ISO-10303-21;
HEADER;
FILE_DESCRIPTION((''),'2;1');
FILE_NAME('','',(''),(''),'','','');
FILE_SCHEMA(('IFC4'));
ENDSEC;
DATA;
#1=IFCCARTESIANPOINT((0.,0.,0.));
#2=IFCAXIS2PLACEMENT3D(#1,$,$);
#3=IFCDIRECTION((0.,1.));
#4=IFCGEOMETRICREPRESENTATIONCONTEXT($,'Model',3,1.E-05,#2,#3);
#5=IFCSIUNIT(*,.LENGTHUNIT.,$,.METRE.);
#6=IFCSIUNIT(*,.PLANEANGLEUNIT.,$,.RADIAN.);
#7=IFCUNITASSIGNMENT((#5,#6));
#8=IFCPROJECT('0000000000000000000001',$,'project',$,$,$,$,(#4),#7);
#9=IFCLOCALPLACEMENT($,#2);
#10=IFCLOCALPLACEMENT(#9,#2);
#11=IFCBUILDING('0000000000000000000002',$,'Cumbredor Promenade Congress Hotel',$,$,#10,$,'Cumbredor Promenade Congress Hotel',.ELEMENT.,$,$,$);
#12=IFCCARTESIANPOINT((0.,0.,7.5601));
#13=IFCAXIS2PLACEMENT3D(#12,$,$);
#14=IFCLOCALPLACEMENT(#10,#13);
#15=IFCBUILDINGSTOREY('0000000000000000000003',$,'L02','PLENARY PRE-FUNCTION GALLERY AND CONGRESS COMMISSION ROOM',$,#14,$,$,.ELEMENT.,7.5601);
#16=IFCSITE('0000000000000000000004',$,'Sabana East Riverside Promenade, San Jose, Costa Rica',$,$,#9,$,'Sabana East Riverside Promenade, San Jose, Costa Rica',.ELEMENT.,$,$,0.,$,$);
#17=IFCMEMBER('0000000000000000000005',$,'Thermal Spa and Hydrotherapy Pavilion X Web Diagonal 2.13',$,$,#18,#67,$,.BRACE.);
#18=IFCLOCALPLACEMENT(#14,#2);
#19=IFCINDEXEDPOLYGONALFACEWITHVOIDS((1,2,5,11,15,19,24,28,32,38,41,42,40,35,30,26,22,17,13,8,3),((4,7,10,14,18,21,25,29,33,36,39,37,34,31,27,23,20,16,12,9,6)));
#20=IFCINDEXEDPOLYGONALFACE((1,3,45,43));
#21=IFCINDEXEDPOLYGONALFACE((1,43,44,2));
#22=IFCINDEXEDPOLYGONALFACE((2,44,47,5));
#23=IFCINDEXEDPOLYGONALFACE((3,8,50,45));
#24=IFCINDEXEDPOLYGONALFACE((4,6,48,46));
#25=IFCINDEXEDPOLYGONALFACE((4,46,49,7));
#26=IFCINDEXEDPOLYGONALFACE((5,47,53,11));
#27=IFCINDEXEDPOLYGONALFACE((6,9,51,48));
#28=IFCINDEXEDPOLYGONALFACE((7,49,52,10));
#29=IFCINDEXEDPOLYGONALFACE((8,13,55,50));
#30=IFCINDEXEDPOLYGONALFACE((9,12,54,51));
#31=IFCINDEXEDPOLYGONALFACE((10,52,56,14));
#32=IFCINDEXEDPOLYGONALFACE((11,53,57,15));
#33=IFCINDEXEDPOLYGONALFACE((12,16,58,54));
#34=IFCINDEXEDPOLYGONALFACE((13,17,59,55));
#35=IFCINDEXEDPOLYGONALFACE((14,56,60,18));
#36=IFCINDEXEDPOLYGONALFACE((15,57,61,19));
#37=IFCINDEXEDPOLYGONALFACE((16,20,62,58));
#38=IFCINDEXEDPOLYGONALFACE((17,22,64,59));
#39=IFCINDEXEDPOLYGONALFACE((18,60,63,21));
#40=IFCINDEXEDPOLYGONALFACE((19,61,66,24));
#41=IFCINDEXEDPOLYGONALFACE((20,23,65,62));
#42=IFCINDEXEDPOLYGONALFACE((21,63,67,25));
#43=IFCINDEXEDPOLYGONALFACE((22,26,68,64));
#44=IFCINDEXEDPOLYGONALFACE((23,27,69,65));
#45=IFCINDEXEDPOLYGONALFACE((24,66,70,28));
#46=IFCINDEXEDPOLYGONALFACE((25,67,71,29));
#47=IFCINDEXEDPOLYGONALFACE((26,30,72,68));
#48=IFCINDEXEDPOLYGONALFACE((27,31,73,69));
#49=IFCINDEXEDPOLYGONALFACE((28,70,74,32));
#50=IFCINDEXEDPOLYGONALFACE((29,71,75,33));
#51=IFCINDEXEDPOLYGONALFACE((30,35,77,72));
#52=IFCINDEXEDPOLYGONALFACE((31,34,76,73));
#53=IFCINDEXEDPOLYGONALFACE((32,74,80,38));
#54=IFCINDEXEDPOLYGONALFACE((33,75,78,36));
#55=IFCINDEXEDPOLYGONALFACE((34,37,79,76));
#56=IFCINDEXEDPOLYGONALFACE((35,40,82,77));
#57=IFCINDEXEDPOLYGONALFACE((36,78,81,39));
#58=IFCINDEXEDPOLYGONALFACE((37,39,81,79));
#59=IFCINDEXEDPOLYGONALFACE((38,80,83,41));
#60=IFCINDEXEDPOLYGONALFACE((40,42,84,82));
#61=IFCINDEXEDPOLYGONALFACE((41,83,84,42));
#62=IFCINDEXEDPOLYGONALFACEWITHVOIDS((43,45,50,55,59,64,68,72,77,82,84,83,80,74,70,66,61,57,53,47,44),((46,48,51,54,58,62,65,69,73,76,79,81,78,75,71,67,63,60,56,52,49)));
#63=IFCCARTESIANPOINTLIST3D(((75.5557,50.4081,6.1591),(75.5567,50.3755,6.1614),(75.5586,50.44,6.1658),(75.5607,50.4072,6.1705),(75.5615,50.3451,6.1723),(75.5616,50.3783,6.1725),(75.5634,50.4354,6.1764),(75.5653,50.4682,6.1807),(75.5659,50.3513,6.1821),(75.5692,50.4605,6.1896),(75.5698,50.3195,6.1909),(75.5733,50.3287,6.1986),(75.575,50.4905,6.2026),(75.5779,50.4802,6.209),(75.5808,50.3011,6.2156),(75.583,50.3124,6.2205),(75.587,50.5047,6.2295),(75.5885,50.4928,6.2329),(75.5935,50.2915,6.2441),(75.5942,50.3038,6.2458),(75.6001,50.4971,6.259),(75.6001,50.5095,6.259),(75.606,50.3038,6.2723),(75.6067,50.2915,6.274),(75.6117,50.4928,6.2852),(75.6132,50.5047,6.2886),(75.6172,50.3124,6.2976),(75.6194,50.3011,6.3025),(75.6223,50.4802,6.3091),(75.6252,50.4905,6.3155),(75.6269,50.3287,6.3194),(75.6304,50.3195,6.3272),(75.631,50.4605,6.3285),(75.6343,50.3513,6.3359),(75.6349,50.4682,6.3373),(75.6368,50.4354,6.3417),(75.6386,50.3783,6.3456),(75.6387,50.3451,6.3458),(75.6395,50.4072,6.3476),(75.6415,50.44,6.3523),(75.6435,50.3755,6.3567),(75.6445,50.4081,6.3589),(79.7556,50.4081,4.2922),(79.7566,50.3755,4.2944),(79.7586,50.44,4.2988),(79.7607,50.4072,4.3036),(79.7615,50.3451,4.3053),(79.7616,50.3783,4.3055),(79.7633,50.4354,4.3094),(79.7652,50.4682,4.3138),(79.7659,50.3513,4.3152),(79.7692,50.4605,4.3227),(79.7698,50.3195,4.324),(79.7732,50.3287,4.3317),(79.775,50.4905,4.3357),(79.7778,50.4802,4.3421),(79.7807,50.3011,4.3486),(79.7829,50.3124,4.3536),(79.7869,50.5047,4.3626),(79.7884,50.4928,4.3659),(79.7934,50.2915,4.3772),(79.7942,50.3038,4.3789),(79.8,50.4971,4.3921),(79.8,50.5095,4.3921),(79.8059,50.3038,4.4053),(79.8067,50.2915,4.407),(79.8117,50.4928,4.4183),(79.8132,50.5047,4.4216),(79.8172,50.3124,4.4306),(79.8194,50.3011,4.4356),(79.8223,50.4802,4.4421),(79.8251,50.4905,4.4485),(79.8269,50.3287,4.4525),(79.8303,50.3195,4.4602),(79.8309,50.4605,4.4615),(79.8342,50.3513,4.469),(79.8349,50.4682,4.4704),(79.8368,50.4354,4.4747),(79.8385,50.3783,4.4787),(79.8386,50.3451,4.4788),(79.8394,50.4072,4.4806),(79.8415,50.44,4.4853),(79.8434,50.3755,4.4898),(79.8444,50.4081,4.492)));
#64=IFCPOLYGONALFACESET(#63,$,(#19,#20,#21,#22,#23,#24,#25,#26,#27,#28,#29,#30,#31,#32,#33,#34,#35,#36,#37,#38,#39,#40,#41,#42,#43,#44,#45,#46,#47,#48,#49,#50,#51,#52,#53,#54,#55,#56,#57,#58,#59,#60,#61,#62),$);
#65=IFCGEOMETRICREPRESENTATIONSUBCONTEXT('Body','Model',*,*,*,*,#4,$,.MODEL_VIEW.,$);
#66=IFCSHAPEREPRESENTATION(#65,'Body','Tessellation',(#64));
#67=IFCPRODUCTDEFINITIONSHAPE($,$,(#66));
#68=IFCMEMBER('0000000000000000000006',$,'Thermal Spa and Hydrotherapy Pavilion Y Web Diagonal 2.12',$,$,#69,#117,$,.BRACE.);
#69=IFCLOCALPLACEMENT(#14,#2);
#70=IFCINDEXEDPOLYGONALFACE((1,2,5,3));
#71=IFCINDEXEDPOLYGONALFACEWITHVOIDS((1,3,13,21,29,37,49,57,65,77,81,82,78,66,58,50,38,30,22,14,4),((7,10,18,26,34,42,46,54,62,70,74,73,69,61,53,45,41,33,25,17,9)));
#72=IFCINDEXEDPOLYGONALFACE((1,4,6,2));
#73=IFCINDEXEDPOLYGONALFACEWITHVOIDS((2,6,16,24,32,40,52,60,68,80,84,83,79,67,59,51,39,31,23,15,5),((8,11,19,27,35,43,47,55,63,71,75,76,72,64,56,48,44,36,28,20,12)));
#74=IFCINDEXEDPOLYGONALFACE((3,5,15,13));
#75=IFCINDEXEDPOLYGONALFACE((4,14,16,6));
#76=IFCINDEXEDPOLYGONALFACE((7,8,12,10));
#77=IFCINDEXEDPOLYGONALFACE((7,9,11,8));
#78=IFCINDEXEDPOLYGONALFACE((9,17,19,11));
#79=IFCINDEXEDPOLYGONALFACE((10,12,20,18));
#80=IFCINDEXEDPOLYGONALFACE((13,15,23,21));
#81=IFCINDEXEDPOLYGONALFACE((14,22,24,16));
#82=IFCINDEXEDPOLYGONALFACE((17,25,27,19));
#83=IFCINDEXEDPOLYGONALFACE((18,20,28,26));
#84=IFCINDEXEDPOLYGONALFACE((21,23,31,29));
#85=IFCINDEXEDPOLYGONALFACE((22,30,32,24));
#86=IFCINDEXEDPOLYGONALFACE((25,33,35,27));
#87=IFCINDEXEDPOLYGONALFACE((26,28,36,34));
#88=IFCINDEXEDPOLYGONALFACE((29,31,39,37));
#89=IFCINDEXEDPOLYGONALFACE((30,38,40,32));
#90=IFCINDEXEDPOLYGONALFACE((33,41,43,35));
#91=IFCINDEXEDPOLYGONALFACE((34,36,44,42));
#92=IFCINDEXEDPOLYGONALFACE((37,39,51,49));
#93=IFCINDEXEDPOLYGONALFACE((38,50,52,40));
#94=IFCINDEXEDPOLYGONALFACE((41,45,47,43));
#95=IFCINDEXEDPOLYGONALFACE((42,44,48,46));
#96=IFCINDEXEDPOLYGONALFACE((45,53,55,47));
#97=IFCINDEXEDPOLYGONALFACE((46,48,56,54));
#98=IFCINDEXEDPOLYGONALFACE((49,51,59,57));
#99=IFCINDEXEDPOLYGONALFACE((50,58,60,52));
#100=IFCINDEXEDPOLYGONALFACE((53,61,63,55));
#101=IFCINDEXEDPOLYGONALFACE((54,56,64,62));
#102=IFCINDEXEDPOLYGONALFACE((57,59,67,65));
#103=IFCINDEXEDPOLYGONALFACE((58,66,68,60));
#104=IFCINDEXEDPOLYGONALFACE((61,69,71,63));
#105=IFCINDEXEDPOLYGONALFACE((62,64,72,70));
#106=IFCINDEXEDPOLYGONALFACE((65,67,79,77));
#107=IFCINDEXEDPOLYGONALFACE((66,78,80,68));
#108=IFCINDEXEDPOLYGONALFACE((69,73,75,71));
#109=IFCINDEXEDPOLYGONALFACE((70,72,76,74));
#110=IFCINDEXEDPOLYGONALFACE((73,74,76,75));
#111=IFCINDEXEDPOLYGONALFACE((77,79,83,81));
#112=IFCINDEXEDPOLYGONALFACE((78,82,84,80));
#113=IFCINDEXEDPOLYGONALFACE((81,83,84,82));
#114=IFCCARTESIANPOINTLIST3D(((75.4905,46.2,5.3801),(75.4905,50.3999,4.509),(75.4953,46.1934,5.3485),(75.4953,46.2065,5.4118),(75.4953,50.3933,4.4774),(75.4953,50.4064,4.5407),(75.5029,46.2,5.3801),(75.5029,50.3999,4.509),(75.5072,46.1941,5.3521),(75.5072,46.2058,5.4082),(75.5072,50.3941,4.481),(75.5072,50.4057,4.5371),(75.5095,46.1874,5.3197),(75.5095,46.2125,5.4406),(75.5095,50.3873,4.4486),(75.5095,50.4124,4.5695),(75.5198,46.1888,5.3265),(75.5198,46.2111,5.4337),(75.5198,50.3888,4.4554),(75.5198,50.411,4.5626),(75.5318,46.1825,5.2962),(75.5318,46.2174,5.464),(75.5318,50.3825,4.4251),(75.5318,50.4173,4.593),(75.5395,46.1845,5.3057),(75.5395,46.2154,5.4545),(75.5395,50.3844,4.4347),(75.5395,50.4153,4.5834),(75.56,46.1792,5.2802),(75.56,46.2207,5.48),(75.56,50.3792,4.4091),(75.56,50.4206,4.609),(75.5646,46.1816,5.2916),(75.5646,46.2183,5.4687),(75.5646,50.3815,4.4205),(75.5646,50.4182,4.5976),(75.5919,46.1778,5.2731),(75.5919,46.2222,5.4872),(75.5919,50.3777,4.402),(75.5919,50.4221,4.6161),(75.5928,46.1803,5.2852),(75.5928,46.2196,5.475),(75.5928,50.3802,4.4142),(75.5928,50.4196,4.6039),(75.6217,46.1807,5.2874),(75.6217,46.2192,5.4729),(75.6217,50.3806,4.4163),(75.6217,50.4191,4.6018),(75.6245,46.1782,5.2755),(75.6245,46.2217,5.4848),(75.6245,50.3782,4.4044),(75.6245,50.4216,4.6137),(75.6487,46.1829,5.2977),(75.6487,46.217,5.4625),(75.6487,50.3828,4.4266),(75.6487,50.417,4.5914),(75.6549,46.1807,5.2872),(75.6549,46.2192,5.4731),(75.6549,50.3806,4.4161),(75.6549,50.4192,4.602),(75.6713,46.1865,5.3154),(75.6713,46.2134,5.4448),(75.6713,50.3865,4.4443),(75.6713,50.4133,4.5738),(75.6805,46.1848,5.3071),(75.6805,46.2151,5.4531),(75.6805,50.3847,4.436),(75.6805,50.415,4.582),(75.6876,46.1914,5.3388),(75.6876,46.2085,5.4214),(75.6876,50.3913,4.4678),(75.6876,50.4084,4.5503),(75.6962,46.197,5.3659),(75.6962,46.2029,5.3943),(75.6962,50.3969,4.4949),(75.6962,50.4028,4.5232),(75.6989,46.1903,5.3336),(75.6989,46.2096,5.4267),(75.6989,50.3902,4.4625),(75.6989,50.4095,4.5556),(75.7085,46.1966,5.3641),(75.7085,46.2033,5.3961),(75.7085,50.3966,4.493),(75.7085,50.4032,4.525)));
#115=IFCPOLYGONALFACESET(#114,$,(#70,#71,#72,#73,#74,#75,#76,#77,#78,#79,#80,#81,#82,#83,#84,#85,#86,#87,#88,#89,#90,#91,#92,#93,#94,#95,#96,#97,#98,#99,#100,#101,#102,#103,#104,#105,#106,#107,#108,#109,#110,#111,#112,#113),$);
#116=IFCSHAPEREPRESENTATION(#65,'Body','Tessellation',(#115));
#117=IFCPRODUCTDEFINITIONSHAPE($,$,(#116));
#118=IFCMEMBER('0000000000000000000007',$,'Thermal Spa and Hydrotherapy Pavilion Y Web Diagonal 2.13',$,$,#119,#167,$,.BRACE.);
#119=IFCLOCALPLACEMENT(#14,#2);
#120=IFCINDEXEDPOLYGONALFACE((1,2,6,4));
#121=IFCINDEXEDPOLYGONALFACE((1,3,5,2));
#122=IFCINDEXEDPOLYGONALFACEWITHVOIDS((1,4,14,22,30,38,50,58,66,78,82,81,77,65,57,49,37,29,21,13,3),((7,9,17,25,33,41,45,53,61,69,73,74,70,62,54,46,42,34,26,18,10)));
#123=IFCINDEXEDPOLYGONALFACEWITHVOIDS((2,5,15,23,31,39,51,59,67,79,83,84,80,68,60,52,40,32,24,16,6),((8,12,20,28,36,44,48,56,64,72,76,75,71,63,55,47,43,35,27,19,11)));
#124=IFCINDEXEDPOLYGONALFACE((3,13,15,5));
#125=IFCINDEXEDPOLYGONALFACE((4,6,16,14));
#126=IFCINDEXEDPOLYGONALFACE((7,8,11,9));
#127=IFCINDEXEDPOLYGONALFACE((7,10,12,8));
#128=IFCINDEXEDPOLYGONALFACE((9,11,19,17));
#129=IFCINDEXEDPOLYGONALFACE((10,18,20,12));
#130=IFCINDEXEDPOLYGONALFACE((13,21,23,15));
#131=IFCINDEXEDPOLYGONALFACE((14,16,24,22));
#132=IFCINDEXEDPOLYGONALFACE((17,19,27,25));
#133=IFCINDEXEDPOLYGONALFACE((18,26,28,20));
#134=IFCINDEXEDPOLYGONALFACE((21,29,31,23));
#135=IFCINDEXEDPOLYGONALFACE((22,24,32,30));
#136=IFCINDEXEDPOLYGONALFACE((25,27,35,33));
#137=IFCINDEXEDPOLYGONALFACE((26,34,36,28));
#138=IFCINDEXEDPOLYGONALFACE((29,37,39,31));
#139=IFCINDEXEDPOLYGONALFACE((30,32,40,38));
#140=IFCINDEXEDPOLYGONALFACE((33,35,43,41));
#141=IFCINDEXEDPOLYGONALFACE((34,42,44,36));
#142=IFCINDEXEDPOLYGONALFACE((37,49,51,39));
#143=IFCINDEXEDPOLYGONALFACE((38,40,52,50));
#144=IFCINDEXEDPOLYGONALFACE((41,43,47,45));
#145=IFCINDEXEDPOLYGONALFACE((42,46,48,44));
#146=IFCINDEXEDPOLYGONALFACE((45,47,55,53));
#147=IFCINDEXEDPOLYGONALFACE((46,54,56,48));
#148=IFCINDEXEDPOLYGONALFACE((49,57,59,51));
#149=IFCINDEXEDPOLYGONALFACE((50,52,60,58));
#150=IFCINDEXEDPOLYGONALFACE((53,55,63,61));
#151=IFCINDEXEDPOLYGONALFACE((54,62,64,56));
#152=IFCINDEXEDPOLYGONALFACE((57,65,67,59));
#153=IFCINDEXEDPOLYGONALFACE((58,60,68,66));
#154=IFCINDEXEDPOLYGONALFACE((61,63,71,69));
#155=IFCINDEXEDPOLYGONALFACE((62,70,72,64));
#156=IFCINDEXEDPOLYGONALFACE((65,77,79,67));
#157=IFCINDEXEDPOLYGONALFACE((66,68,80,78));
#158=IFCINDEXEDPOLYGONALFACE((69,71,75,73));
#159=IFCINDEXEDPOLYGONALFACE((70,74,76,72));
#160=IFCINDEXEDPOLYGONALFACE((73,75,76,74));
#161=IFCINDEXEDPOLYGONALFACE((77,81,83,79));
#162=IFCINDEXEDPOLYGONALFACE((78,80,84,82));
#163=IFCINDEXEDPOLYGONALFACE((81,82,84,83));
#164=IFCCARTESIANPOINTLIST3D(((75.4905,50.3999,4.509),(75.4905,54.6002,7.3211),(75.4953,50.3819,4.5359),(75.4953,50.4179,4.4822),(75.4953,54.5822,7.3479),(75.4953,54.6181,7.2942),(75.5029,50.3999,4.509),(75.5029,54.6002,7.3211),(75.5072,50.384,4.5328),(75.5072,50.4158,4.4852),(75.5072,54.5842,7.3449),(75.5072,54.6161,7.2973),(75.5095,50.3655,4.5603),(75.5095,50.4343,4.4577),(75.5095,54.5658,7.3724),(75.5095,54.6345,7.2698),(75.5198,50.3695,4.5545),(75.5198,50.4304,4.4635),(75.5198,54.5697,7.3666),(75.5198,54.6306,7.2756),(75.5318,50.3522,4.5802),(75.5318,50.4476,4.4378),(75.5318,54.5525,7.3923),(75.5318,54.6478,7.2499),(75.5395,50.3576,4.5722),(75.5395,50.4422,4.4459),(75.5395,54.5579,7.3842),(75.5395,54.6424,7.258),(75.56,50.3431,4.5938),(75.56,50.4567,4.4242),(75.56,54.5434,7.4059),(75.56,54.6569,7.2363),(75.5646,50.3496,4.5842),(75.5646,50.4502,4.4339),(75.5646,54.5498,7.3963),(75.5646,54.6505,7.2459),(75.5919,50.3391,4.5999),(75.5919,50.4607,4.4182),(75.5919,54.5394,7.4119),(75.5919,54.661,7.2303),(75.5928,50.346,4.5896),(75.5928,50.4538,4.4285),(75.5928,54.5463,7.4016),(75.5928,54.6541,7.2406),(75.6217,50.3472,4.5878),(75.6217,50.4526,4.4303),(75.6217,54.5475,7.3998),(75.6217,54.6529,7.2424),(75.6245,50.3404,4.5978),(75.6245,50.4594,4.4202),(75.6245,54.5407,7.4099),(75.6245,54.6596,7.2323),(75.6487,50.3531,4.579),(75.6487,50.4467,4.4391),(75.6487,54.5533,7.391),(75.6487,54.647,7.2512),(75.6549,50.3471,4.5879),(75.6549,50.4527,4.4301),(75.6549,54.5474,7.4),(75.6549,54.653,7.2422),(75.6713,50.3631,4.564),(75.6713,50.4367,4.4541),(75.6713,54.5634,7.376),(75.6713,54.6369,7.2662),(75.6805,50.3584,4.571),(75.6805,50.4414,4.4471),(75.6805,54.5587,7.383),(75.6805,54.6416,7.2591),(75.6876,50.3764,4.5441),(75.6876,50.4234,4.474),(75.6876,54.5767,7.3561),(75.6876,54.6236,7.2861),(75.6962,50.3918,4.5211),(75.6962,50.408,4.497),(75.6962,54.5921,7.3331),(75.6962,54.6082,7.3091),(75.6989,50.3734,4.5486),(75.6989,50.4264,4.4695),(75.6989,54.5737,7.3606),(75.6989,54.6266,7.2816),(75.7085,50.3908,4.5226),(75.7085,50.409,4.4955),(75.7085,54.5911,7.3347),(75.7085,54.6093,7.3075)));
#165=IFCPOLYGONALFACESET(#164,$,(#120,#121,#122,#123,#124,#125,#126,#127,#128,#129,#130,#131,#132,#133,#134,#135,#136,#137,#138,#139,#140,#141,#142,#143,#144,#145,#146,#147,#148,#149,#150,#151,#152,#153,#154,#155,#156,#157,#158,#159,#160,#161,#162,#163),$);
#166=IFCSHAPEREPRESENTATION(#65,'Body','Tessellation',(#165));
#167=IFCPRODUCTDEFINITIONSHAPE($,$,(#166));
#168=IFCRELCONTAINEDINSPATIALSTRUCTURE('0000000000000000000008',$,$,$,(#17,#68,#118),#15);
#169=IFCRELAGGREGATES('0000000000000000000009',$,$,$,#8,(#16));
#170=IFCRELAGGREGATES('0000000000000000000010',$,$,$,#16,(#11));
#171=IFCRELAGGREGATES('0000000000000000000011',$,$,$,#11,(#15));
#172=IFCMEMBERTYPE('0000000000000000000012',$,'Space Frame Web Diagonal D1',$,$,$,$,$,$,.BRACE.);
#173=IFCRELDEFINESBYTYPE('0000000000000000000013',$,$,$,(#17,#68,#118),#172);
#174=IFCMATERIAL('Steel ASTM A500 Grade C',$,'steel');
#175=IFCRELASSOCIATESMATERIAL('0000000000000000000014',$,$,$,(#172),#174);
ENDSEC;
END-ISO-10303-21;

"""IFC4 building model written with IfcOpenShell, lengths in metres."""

from ifc_helpers import new_model, si_unit, direction, frame, origin, origin_2d, place, context, subcontext, project, spatial, hollow_circle, extrude, material, material_profile, profile_set, type_object, element, save


model = new_model("IFC4")

# Units and contexts
model_context = context("Model", 3, precision=1e-05, world=origin(), true_north=direction((0.0, 1.0)))
body_context = subcontext(model_context, "Body", "Model", "MODEL_VIEW")
ifc_project = project(units=[si_unit("LENGTHUNIT", "METRE"), si_unit("PLANEANGLEUNIT", "RADIAN")], contexts=[model_context])

# Site, building, storey
site_placement = place(None, origin())
site = spatial("IfcSite", under=ifc_project, at=site_placement, Name="Sabana East Riverside Promenade, San Jose, Costa Rica", LongName="Sabana East Riverside Promenade, San Jose, Costa Rica", CompositionType="ELEMENT", RefElevation=0.0)
building_placement = place(site_placement, origin())
building = spatial("IfcBuilding", under=site, at=building_placement, Name="Cumbredor Promenade Congress Hotel", LongName="Cumbredor Promenade Congress Hotel", CompositionType="ELEMENT")
storey_placement = place(building_placement, frame((0.0, 0.0, 7.5601)))
storey = spatial("IfcBuildingStorey", under=building, at=storey_placement, Name="L02", Description="PLENARY PRE-FUNCTION GALLERY AND CONGRESS COMMISSION ROOM", CompositionType="ELEMENT", Elevation=7.5601)

# Members
ifc_material_1 = material(Name="Steel ASTM A500 Grade C", Category="steel")
ifc_material_profile_1 = material_profile(ifc_material_1, hollow_circle(Radius=0.1096, WallThickness=0.0125, at=origin_2d()), Name="CHS 219.1x12.5")
ifc_profile_set_1 = profile_set([ifc_material_profile_1], Name="Steel ASTM A500 Grade C")
member_type_1 = type_object("IfcMemberType", Name="Space Frame Web Diagonal D1", PredefinedType="BRACE", material=ifc_profile_set_1)
member_1_placement = place(storey_placement, frame((75.6001, 50.3999, 6.259), z_axis=(0.913787, 0.0, -0.406193), x_axis=(0.0, 1.0, 0.0)))
element("IfcMember", 1, at=member_1_placement, inside=storey, type_object=member_type_1, Name="Thermal Spa and Hydrotherapy Pavilion X Web Diagonal 2.13", PredefinedType="BRACE", context=body_context, shape_type="SweptSolid", body=[
    extrude(hollow_circle(Radius=0.1096, WallThickness=0.0125, at=origin_2d()), origin(), (0.0, 0.0, 1.0), 4.5962),
])
member_2_placement = place(storey_placement, frame((75.6001, 46.2, 5.3801), z_axis=(0.0, 0.979161, -0.203084), x_axis=(-1.0, 0.0, 0.0)))
element("IfcMember", 2, at=member_2_placement, inside=storey, type_object=member_type_1, Name="Thermal Spa and Hydrotherapy Pavilion Y Web Diagonal 2.12", PredefinedType="BRACE", context=body_context, shape_type="SweptSolid", body=[
    extrude(hollow_circle(Radius=0.1096, WallThickness=0.0125, at=origin_2d()), origin(), (0.0, 0.0, 1.0), 4.2893),
])
member_3_placement = place(storey_placement, frame((75.6001, 50.3999, 4.509), z_axis=(0.0, 0.830964, 0.556326), x_axis=(-1.0, 0.0, 0.0)))
element("IfcMember", 3, at=member_3_placement, inside=storey, type_object=member_type_1, Name="Thermal Spa and Hydrotherapy Pavilion Y Web Diagonal 2.13", PredefinedType="BRACE", context=body_context, shape_type="SweptSolid", body=[
    extrude(hollow_circle(Radius=0.1096, WallThickness=0.0125, at=origin_2d()), origin(), (0.0, 0.0, 1.0), 5.0547),
])

save(model, "model.ifc")
